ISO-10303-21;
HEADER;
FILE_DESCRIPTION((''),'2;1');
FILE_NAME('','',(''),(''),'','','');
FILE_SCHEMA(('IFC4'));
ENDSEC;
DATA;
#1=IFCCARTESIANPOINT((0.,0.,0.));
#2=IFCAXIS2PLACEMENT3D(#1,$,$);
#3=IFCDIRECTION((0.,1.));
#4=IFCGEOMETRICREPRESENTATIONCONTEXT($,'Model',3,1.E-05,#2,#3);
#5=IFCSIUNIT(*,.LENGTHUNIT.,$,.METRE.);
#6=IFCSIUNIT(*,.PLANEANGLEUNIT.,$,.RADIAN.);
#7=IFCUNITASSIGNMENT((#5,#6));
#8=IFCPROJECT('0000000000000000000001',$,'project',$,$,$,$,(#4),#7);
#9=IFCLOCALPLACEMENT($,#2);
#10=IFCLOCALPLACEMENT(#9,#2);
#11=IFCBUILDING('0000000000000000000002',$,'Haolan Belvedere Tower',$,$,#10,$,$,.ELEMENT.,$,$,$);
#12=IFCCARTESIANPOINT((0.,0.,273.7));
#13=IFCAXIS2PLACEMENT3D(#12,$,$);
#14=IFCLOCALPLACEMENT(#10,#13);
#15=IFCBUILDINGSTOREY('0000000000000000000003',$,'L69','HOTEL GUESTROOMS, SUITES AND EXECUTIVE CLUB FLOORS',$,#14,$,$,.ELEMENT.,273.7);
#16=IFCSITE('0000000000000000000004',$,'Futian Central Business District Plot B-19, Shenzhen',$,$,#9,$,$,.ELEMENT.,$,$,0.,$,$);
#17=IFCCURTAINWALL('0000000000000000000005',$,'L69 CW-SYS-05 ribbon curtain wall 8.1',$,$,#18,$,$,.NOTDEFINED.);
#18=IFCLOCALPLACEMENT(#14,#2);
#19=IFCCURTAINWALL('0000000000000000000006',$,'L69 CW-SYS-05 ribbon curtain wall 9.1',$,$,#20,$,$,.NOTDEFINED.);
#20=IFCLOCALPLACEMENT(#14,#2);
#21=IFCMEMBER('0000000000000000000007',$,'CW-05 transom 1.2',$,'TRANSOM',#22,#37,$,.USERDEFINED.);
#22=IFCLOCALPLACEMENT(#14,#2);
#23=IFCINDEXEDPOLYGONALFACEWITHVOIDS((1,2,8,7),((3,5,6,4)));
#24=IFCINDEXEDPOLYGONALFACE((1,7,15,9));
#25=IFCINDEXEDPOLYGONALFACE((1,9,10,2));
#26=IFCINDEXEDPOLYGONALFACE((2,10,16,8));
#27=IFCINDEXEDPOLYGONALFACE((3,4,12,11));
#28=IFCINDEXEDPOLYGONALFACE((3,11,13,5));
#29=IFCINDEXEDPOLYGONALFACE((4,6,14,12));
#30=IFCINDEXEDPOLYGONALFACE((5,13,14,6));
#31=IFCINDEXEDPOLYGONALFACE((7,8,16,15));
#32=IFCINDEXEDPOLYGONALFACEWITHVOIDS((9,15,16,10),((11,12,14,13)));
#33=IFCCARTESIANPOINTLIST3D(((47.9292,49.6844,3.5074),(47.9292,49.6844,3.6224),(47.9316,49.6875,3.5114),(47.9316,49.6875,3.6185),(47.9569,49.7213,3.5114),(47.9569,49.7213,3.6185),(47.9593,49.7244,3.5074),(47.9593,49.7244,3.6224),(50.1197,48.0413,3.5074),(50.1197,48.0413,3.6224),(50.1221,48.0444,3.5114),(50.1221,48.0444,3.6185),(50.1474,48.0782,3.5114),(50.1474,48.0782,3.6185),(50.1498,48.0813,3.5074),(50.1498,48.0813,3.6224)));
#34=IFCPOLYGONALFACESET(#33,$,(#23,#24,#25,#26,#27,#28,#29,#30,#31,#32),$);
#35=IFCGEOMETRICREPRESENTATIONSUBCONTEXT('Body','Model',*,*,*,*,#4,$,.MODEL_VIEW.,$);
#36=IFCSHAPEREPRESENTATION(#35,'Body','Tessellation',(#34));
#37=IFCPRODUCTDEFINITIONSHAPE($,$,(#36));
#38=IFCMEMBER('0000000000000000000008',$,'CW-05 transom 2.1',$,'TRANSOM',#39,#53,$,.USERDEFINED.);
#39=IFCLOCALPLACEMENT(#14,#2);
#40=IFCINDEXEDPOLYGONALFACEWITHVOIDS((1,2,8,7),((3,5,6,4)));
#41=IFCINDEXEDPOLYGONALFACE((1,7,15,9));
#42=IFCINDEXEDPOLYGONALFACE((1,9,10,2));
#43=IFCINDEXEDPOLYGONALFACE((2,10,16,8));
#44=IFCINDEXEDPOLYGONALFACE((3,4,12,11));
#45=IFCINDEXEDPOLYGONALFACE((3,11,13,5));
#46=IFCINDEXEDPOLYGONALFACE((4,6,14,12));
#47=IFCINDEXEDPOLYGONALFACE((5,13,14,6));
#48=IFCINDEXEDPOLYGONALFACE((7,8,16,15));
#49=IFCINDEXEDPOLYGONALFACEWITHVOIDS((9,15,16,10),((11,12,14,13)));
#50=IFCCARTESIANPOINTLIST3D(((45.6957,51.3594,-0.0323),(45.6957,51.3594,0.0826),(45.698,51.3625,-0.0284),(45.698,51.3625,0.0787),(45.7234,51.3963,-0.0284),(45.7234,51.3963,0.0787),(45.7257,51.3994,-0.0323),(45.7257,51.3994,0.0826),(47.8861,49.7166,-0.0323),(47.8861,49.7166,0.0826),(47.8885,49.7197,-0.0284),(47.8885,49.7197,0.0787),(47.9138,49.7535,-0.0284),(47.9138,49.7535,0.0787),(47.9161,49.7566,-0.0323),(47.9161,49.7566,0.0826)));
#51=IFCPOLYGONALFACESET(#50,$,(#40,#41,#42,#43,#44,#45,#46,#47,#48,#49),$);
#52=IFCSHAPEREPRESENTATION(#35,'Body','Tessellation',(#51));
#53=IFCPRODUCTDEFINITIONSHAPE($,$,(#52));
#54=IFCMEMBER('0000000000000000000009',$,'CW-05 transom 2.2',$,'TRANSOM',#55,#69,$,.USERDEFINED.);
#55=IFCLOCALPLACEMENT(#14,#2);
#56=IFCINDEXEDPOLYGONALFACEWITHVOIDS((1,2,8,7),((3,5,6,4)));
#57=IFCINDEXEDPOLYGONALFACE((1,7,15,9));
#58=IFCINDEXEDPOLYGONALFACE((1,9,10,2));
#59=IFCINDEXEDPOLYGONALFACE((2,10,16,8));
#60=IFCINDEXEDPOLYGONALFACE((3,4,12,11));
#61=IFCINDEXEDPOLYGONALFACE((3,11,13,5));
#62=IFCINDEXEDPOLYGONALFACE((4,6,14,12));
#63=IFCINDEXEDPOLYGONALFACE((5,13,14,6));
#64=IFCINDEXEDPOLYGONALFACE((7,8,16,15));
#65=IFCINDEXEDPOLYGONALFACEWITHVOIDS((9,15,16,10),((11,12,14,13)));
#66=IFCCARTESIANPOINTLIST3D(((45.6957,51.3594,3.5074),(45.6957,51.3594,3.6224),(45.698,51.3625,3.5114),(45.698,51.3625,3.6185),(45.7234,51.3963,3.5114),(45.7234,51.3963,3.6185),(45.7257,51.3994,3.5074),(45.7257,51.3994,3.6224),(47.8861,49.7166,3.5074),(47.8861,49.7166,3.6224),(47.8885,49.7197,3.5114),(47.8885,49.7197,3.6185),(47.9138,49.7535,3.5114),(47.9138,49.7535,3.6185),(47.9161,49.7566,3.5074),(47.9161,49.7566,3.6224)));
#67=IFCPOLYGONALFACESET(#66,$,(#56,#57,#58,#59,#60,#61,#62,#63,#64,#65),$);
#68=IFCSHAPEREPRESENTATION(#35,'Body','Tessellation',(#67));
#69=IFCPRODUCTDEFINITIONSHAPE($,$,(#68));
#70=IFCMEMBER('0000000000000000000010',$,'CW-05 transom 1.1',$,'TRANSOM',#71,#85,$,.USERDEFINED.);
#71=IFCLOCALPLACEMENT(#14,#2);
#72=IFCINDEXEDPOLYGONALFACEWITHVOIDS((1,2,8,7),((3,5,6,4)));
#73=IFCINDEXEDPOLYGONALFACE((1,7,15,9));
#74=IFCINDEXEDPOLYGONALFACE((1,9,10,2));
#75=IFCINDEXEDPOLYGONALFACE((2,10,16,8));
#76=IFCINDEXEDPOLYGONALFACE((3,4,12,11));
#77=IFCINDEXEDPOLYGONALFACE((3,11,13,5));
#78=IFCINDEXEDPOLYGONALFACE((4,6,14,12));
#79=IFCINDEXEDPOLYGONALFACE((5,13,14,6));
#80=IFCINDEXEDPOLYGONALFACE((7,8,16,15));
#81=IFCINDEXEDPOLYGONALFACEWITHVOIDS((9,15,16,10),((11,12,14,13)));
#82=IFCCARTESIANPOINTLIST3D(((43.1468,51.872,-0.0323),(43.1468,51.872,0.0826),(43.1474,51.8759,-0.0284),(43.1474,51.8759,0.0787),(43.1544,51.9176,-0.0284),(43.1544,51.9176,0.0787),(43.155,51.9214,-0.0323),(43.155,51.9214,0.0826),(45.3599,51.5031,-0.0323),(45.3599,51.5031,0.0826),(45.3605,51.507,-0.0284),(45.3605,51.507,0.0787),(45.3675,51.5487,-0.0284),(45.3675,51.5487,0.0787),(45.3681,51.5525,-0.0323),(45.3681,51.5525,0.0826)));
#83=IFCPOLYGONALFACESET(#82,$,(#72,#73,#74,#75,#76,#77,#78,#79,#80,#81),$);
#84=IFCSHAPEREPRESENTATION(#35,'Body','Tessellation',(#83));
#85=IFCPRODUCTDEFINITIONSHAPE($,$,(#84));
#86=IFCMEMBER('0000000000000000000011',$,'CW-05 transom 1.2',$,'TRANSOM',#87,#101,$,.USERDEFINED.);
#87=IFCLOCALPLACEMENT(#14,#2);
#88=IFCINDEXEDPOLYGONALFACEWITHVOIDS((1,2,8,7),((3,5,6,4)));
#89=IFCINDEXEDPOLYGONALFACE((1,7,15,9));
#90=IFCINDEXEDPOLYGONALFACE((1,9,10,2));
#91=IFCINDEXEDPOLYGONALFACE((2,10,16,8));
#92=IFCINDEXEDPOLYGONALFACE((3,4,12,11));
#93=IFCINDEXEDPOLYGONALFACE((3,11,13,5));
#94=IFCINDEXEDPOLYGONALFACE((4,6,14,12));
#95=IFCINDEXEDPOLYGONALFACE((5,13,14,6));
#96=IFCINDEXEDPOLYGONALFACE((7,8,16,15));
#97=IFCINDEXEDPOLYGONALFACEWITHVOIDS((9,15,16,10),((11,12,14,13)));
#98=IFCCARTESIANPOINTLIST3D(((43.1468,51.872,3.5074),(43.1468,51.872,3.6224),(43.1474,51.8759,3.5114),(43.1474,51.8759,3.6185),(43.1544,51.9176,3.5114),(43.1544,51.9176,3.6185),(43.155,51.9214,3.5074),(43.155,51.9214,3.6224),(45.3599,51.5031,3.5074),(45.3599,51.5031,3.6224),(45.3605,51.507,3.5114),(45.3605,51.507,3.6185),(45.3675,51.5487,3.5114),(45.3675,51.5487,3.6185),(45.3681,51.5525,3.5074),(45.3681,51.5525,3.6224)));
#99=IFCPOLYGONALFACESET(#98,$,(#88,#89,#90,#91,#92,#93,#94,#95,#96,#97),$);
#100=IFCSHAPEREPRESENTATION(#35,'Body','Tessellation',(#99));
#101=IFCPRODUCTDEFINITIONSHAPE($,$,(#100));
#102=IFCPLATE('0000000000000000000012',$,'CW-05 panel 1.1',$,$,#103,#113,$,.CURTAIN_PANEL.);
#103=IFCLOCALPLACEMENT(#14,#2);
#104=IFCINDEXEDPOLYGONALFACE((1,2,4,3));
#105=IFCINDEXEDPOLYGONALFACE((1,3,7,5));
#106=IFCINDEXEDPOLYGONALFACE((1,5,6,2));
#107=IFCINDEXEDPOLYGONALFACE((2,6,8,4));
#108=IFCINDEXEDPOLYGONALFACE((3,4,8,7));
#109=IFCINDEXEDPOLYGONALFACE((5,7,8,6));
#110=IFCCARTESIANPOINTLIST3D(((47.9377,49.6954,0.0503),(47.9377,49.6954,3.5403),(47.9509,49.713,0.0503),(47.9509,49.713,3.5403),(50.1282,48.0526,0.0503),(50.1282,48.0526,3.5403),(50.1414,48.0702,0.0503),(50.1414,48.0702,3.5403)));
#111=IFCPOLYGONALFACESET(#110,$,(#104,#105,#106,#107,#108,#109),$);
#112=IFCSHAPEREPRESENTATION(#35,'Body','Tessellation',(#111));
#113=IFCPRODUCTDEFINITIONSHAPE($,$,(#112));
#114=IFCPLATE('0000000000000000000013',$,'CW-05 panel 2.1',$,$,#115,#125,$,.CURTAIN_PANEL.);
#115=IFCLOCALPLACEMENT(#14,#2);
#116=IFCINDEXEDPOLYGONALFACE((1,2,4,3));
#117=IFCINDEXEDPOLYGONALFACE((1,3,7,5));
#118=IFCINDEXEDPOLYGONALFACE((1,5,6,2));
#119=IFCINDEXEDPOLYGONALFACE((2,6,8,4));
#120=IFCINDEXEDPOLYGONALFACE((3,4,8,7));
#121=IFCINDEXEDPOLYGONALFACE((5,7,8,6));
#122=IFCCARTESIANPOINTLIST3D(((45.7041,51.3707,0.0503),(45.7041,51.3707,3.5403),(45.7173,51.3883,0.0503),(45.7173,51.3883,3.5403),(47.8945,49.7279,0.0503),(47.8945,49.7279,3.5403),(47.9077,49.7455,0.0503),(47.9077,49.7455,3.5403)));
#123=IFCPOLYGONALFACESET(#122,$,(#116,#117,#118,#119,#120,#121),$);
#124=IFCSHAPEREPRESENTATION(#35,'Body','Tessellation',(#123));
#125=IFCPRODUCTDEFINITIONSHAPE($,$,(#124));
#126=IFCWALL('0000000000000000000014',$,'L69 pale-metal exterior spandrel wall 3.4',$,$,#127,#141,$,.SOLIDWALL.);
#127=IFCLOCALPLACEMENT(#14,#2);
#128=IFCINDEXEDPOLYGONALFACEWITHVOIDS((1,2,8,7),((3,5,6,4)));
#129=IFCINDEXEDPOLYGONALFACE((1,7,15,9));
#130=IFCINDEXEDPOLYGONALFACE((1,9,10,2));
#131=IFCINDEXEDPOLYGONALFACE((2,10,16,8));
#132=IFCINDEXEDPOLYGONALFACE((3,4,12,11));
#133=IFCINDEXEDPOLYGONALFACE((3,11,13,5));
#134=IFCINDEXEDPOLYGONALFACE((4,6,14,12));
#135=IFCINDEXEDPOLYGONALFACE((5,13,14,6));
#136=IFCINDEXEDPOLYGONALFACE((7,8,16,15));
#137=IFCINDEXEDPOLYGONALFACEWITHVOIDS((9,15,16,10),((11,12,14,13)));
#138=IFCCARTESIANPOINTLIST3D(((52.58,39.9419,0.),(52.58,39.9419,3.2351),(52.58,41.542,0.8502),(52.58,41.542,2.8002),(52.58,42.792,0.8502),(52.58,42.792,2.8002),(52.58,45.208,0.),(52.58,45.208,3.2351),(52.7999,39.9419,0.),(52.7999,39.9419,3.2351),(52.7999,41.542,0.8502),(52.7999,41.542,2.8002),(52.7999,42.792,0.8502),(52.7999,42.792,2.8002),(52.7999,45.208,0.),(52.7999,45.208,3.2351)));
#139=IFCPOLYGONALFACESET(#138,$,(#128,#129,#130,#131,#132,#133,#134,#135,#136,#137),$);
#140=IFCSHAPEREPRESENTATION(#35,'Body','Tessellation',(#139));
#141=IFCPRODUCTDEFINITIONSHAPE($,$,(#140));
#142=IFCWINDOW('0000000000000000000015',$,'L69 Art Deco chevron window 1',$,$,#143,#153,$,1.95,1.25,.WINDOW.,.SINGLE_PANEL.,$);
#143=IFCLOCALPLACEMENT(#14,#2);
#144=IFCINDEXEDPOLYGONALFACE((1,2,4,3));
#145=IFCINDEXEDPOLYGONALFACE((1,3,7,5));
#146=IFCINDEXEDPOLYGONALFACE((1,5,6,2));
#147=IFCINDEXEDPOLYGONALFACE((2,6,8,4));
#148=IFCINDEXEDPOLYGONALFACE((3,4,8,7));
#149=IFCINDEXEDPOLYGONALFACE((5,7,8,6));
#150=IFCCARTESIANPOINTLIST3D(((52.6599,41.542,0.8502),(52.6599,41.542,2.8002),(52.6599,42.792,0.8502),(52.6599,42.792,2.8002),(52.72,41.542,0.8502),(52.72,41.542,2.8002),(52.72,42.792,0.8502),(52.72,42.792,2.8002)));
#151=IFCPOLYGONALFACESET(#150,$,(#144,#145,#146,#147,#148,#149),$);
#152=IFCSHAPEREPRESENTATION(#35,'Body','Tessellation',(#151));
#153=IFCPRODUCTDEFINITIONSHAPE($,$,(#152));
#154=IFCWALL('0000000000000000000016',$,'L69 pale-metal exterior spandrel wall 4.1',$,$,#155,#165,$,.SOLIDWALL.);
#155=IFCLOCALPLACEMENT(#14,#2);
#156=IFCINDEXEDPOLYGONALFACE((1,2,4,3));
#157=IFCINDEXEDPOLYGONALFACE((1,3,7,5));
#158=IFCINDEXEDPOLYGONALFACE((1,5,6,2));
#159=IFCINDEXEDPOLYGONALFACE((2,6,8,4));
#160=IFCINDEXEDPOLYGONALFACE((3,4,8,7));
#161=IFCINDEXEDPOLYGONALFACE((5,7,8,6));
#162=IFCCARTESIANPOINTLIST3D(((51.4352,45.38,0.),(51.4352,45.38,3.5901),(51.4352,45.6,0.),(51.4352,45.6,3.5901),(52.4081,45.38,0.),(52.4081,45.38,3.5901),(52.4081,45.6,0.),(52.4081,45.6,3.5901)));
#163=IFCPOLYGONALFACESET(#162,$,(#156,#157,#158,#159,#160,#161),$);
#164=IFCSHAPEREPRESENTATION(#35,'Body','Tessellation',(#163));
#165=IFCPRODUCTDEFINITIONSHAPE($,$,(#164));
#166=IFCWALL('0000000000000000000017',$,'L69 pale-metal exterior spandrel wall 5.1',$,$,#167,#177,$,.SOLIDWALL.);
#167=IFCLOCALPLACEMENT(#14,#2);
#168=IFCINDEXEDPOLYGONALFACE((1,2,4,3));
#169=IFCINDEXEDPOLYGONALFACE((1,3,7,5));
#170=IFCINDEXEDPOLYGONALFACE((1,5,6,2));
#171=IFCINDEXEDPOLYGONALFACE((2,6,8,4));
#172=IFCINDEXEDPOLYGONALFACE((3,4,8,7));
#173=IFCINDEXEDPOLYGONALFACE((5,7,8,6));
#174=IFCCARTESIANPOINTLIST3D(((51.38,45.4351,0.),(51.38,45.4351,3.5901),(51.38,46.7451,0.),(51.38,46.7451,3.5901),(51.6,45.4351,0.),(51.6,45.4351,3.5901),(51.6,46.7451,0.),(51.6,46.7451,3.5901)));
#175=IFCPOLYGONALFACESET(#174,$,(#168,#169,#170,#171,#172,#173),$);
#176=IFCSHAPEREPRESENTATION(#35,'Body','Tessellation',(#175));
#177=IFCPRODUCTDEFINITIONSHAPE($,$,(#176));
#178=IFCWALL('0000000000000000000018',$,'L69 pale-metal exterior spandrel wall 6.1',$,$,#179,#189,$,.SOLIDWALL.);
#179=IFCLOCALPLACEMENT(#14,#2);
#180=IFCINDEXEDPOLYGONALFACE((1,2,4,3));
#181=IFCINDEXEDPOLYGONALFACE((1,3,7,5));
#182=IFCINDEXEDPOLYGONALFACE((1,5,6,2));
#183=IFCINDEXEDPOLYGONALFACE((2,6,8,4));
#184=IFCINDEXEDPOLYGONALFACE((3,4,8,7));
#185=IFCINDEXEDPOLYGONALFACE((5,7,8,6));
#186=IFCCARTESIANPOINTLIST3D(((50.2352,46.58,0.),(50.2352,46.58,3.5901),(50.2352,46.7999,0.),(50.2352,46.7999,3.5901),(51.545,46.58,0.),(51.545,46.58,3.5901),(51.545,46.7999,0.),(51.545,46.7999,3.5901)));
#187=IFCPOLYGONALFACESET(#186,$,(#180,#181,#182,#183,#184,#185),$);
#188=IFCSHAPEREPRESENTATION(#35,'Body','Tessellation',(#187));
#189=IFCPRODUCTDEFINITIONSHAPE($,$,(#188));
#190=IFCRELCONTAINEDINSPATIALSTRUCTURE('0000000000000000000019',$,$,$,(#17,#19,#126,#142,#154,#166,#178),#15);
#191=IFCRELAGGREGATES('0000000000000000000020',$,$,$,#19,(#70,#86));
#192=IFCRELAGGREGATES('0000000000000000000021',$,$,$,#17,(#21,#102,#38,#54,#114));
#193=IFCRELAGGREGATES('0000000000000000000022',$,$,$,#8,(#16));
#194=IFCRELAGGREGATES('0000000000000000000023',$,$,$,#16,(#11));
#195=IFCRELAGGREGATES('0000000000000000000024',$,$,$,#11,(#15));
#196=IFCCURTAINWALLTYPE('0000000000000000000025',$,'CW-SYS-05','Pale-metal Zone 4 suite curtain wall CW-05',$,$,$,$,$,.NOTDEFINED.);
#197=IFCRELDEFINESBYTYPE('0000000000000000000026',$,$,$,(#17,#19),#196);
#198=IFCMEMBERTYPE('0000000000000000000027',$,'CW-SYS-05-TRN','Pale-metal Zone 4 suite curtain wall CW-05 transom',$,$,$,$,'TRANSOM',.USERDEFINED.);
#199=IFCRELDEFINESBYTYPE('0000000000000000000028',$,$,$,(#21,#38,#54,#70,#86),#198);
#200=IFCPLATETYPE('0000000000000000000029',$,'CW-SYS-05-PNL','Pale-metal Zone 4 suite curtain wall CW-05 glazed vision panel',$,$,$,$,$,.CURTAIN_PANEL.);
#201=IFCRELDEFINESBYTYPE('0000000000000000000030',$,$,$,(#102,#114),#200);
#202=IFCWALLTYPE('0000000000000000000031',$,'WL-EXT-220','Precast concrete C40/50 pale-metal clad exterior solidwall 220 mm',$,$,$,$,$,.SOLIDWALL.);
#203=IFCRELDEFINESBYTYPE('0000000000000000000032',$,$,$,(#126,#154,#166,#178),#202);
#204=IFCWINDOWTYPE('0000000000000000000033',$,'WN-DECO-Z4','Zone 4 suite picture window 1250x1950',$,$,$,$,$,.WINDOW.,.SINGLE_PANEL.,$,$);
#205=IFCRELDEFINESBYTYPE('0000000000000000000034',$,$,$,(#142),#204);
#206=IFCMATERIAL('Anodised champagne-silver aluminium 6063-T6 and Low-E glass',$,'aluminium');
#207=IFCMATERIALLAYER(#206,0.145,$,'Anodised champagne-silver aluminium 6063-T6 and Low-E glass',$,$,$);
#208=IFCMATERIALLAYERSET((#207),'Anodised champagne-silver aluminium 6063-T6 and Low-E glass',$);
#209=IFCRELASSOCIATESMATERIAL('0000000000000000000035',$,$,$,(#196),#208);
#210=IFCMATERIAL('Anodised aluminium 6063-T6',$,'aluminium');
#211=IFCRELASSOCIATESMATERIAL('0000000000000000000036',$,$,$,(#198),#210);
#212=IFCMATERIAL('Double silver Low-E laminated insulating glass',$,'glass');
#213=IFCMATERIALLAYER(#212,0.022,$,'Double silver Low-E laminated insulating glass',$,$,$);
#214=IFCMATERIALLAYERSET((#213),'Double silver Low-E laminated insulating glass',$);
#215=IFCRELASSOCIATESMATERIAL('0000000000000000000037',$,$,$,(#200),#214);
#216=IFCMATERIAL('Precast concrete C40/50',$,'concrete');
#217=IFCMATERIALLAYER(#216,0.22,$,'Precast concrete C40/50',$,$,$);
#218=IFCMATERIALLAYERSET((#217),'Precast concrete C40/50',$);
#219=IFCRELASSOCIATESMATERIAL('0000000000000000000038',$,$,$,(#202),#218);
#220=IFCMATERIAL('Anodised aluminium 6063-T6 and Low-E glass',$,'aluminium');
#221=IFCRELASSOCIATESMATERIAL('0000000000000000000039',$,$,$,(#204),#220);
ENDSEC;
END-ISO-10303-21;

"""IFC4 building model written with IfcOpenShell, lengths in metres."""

from ifc_helpers import new_model, si_unit, direction, frame, frame_2d, origin, origin_2d, place, context, subcontext, project, spatial, rectangle, hollow_rectangle, extrude, material, layer, layer_set, material_profile, profile_set, type_object, element, fill, aggregate, save


model = new_model("IFC4")

# Units and contexts
model_context = context("Model", 3, precision=1e-05, world=origin(), true_north=direction((0.0, 1.0)))
body_context = subcontext(model_context, "Body", "Model", "MODEL_VIEW")
ifc_project = project(units=[si_unit("LENGTHUNIT", "METRE"), si_unit("PLANEANGLEUNIT", "RADIAN")], contexts=[model_context])

# Site, building, storey
site_placement = place(None, origin())
site = spatial("IfcSite", under=ifc_project, at=site_placement, Name="Futian Central Business District Plot B-19, Shenzhen", CompositionType="ELEMENT", RefElevation=0.0)
building_placement = place(site_placement, origin())
building = spatial("IfcBuilding", under=site, at=building_placement, Name="Haolan Belvedere Tower", CompositionType="ELEMENT")
storey_placement = place(building_placement, frame((0.0, 0.0, 273.7)))
storey = spatial("IfcBuildingStorey", under=building, at=storey_placement, Name="L69", Description="HOTEL GUESTROOMS, SUITES AND EXECUTIVE CLUB FLOORS", CompositionType="ELEMENT", Elevation=273.7)

# Curtain wall
ifc_material_1 = material(Name="Anodised champagne-silver aluminium 6063-T6 and Low-E glass", Category="aluminium")
ifc_layer_1 = layer(ifc_material_1, 0.145, Name="Anodised champagne-silver aluminium 6063-T6 and Low-E glass")
ifc_layer_set_1 = layer_set([ifc_layer_1], Name="Anodised champagne-silver aluminium 6063-T6 and Low-E glass")
curtain_wall_type = type_object("IfcCurtainWallType", Name="CW-SYS-05", Description="Pale-metal Zone 4 suite curtain wall CW-05", PredefinedType="NOTDEFINED", material=ifc_layer_set_1)
curtain_wall_1_placement = place(storey_placement, origin())
curtain_wall_1 = element("IfcCurtainWall", 1, at=curtain_wall_1_placement, inside=storey, type_object=curtain_wall_type, Name="L69 CW-SYS-05 ribbon curtain wall 8.1", PredefinedType="NOTDEFINED")
ifc_material_2 = material(Name="Anodised aluminium 6063-T6", Category="aluminium")

# Curtain wall
curtain_wall_2_placement = place(storey_placement, origin())
curtain_wall_2 = element("IfcCurtainWall", 2, at=curtain_wall_2_placement, inside=storey, type_object=curtain_wall_type, Name="L69 CW-SYS-05 ribbon curtain wall 9.1", PredefinedType="NOTDEFINED")

# Members
ifc_material_profile_1 = material_profile(ifc_material_2, hollow_rectangle(XDim=0.05, YDim=0.115, WallThickness=0.0039, at=origin_2d()), Name="Anodised aluminium 6063-T6")
ifc_profile_set_1 = profile_set([ifc_material_profile_1], Name="Anodised aluminium 6063-T6")
member_type_1 = type_object("IfcMemberType", Name="CW-SYS-05-TRN", Description="Pale-metal Zone 4 suite curtain wall CW-05 transom", ElementType="TRANSOM", PredefinedType="USERDEFINED", material=ifc_profile_set_1)
member_1_placement = place(storey_placement, frame((50.1348, 48.0613, 3.5649), z_axis=(-0.799957, 0.600057, 0.0), x_axis=(-0.600057, -0.799957, 0.0)))
member_1 = element("IfcMember", 3, at=member_1_placement, type_object=member_type_1, Name="CW-05 transom 1.2", ObjectType="TRANSOM", PredefinedType="USERDEFINED", context=body_context, shape_type="SweptSolid", body=[
    extrude(hollow_rectangle(XDim=0.05, YDim=0.115, WallThickness=0.0039, at=origin_2d()), origin(), (0.0, 0.0, 1.0), 2.7383),
])
member_2_placement = place(storey_placement, frame((47.9011, 49.7366, 0.0251), z_axis=(-0.8, 0.6, 0.0), x_axis=(-0.6, -0.8, 0.0)))
member_2 = element("IfcMember", 4, at=member_2_placement, type_object=member_type_1, Name="CW-05 transom 2.1", ObjectType="TRANSOM", PredefinedType="USERDEFINED", context=body_context, shape_type="SweptSolid", body=[
    extrude(hollow_rectangle(XDim=0.05, YDim=0.115, WallThickness=0.0039, at=origin_2d()), origin(), (0.0, 0.0, 1.0), 2.738),
])
member_3_placement = place(storey_placement, frame((47.9011, 49.7366, 3.5649), z_axis=(-0.8, 0.6, 0.0), x_axis=(-0.6, -0.8, 0.0)))
member_3 = element("IfcMember", 5, at=member_3_placement, type_object=member_type_1, Name="CW-05 transom 2.2", ObjectType="TRANSOM", PredefinedType="USERDEFINED", context=body_context, shape_type="SweptSolid", body=[
    extrude(hollow_rectangle(XDim=0.05, YDim=0.115, WallThickness=0.0039, at=origin_2d()), origin(), (0.0, 0.0, 1.0), 2.738),
])
member_4_placement = place(storey_placement, frame((45.364, 51.5278, 0.0251), z_axis=(-0.986391, 0.164417, 0.0), x_axis=(-0.164417, -0.986391, 0.0)))
member_4 = element("IfcMember", 6, at=member_4_placement, type_object=member_type_1, Name="CW-05 transom 1.1", ObjectType="TRANSOM", PredefinedType="USERDEFINED", context=body_context, shape_type="SweptSolid", body=[
    extrude(hollow_rectangle(XDim=0.05, YDim=0.115, WallThickness=0.0039, at=origin_2d()), origin(), (0.0, 0.0, 1.0), 2.2437),
])
member_5_placement = place(storey_placement, frame((45.364, 51.5278, 3.5649), z_axis=(-0.986391, 0.164417, 0.0), x_axis=(-0.164417, -0.986391, 0.0)))
member_5 = element("IfcMember", 7, at=member_5_placement, type_object=member_type_1, Name="CW-05 transom 1.2", ObjectType="TRANSOM", PredefinedType="USERDEFINED", context=body_context, shape_type="SweptSolid", body=[
    extrude(hollow_rectangle(XDim=0.05, YDim=0.115, WallThickness=0.0039, at=origin_2d()), origin(), (0.0, 0.0, 1.0), 2.2437),
])
aggregate(curtain_wall_2, [member_4, member_5])

# Plates
ifc_material_3 = material(Name="Double silver Low-E laminated insulating glass", Category="glass")
ifc_layer_2 = layer(ifc_material_3, 0.022, Name="Double silver Low-E laminated insulating glass")
ifc_layer_set_2 = layer_set([ifc_layer_2], Name="Double silver Low-E laminated insulating glass")
plate_type = type_object("IfcPlateType", Name="CW-SYS-05-PNL", Description="Pale-metal Zone 4 suite curtain wall CW-05 glazed vision panel", PredefinedType="CURTAIN_PANEL", material=ifc_layer_set_2)
plate_1_placement = place(storey_placement, frame((49.0396, 48.8828, 0.0503), z_axis=(0.0, 0.0, 1.0), x_axis=(-0.799998, 0.600003, 0.0)))
plate_1 = element("IfcPlate", 8, at=plate_1_placement, type_object=plate_type, Name="CW-05 panel 1.1", PredefinedType="CURTAIN_PANEL", context=body_context, shape_type="SweptSolid", body=[
    extrude(rectangle(XDim=2.738, YDim=0.022, at=origin_2d()), origin(), (0.0, 0.0, 1.0), 3.49),
])
plate_2_placement = place(storey_placement, frame((46.8059, 50.5581, 0.0503), z_axis=(0.0, 0.0, 1.0), x_axis=(-0.799998, 0.600003, 0.0)))
plate_2 = element("IfcPlate", 9, at=plate_2_placement, type_object=plate_type, Name="CW-05 panel 2.1", PredefinedType="CURTAIN_PANEL", context=body_context, shape_type="SweptSolid", body=[
    extrude(rectangle(XDim=2.738, YDim=0.022, at=origin_2d()), origin(), (0.0, 0.0, 1.0), 3.49),
])
aggregate(curtain_wall_1, [member_1, plate_1, member_2, member_3, plate_2])

# Wall, opening, window
ifc_material_4 = material(Name="Precast concrete C40/50", Category="concrete")
ifc_layer_3 = layer(ifc_material_4, 0.22, Name="Precast concrete C40/50")
ifc_layer_set_3 = layer_set([ifc_layer_3], Name="Precast concrete C40/50")
wall_type_1 = type_object("IfcWallType", Name="WL-EXT-220", Description="Precast concrete C40/50 pale-metal clad exterior solidwall 220 mm", PredefinedType="SOLIDWALL", material=ifc_layer_set_3)
wall_1_placement = place(storey_placement, frame((52.6899, 39.9419, 0.0), z_axis=(0.0, 0.0, 1.0), x_axis=(0.0, 1.0, 0.0)))
wall_1 = element("IfcWall", 10, at=wall_1_placement, inside=storey, type_object=wall_type_1, Name="L69 pale-metal exterior spandrel wall 3.4", PredefinedType="SOLIDWALL", context=body_context, shape_type="SweptSolid", body=[
    extrude(rectangle(XDim=5.2661, YDim=0.22, at=frame_2d((2.6331, 0.0))), origin(), (0.0, 0.0, 1.0), 3.2351),
])
opening_1_placement = place(wall_1_placement, frame((1.6001, 0.0, 0.8501)))
opening_1 = element("IfcOpeningElement", 11, at=opening_1_placement, cuts=wall_1, PredefinedType="OPENING", context=body_context, shape_type="SweptSolid", body=[
    extrude(rectangle(XDim=1.25, YDim=1.95, at=frame_2d((0.625, 0.9751))), frame((0.0, 0.1199, 0.0), z_axis=(0.0, -1.0, 0.0), x_axis=(1.0, 0.0, 0.0)), (0.0, 0.0, 1.0), 0.24),
])
ifc_material_5 = material(Name="Anodised aluminium 6063-T6 and Low-E glass", Category="aluminium")
window_type = type_object("IfcWindowType", Name="WN-DECO-Z4", Description="Zone 4 suite picture window 1250x1950", PartitioningType="SINGLE_PANEL", PredefinedType="WINDOW", material=ifc_material_5)
window_placement = place(opening_1_placement, origin())
window = element("IfcWindow", 12, at=window_placement, inside=storey, type_object=window_type, Name="L69 Art Deco chevron window 1", OverallHeight=1.95, OverallWidth=1.25, PartitioningType="SINGLE_PANEL", PredefinedType="WINDOW", context=body_context, shape_type="SweptSolid", body=[
    extrude(rectangle(XDim=1.25, YDim=1.95, at=frame_2d((0.625, 0.9751))), frame((0.0, 0.03, 0.0), z_axis=(0.0, -1.0, 0.0), x_axis=(1.0, 0.0, 0.0)), (0.0, 0.0, 1.0), 0.0601),
])
fill(opening_1, window)

# Walls
wall_2_placement = place(storey_placement, frame((52.408, 45.49, 0.0), z_axis=(0.0, 0.0, 1.0), x_axis=(-1.0, 0.0, 0.0)))
element("IfcWall", 13, at=wall_2_placement, inside=storey, type_object=wall_type_1, Name="L69 pale-metal exterior spandrel wall 4.1", PredefinedType="SOLIDWALL", context=body_context, shape_type="SweptSolid", body=[
    extrude(rectangle(XDim=0.9729, YDim=0.22, at=frame_2d((0.4863, 0.0))), origin(), (0.0, 0.0, 1.0), 3.5901),
])
wall_3_placement = place(storey_placement, frame((51.49, 45.4351, 0.0), z_axis=(0.0, 0.0, 1.0), x_axis=(0.0, 1.0, 0.0)))
element("IfcWall", 14, at=wall_3_placement, inside=storey, type_object=wall_type_1, Name="L69 pale-metal exterior spandrel wall 5.1", PredefinedType="SOLIDWALL", context=body_context, shape_type="SweptSolid", body=[
    extrude(rectangle(XDim=1.3101, YDim=0.22, at=frame_2d((0.655, 0.0))), origin(), (0.0, 0.0, 1.0), 3.5901),
])
wall_4_placement = place(storey_placement, frame((51.5449, 46.6899, 0.0), z_axis=(0.0, 0.0, 1.0), x_axis=(-1.0, 0.0, 0.0)))
element("IfcWall", 15, at=wall_4_placement, inside=storey, type_object=wall_type_1, Name="L69 pale-metal exterior spandrel wall 6.1", PredefinedType="SOLIDWALL", context=body_context, shape_type="SweptSolid", body=[
    extrude(rectangle(XDim=1.3098, YDim=0.22, at=frame_2d((0.6548, 0.0))), origin(), (0.0, 0.0, 1.0), 3.5901),
])

save(model, "model.ifc")
